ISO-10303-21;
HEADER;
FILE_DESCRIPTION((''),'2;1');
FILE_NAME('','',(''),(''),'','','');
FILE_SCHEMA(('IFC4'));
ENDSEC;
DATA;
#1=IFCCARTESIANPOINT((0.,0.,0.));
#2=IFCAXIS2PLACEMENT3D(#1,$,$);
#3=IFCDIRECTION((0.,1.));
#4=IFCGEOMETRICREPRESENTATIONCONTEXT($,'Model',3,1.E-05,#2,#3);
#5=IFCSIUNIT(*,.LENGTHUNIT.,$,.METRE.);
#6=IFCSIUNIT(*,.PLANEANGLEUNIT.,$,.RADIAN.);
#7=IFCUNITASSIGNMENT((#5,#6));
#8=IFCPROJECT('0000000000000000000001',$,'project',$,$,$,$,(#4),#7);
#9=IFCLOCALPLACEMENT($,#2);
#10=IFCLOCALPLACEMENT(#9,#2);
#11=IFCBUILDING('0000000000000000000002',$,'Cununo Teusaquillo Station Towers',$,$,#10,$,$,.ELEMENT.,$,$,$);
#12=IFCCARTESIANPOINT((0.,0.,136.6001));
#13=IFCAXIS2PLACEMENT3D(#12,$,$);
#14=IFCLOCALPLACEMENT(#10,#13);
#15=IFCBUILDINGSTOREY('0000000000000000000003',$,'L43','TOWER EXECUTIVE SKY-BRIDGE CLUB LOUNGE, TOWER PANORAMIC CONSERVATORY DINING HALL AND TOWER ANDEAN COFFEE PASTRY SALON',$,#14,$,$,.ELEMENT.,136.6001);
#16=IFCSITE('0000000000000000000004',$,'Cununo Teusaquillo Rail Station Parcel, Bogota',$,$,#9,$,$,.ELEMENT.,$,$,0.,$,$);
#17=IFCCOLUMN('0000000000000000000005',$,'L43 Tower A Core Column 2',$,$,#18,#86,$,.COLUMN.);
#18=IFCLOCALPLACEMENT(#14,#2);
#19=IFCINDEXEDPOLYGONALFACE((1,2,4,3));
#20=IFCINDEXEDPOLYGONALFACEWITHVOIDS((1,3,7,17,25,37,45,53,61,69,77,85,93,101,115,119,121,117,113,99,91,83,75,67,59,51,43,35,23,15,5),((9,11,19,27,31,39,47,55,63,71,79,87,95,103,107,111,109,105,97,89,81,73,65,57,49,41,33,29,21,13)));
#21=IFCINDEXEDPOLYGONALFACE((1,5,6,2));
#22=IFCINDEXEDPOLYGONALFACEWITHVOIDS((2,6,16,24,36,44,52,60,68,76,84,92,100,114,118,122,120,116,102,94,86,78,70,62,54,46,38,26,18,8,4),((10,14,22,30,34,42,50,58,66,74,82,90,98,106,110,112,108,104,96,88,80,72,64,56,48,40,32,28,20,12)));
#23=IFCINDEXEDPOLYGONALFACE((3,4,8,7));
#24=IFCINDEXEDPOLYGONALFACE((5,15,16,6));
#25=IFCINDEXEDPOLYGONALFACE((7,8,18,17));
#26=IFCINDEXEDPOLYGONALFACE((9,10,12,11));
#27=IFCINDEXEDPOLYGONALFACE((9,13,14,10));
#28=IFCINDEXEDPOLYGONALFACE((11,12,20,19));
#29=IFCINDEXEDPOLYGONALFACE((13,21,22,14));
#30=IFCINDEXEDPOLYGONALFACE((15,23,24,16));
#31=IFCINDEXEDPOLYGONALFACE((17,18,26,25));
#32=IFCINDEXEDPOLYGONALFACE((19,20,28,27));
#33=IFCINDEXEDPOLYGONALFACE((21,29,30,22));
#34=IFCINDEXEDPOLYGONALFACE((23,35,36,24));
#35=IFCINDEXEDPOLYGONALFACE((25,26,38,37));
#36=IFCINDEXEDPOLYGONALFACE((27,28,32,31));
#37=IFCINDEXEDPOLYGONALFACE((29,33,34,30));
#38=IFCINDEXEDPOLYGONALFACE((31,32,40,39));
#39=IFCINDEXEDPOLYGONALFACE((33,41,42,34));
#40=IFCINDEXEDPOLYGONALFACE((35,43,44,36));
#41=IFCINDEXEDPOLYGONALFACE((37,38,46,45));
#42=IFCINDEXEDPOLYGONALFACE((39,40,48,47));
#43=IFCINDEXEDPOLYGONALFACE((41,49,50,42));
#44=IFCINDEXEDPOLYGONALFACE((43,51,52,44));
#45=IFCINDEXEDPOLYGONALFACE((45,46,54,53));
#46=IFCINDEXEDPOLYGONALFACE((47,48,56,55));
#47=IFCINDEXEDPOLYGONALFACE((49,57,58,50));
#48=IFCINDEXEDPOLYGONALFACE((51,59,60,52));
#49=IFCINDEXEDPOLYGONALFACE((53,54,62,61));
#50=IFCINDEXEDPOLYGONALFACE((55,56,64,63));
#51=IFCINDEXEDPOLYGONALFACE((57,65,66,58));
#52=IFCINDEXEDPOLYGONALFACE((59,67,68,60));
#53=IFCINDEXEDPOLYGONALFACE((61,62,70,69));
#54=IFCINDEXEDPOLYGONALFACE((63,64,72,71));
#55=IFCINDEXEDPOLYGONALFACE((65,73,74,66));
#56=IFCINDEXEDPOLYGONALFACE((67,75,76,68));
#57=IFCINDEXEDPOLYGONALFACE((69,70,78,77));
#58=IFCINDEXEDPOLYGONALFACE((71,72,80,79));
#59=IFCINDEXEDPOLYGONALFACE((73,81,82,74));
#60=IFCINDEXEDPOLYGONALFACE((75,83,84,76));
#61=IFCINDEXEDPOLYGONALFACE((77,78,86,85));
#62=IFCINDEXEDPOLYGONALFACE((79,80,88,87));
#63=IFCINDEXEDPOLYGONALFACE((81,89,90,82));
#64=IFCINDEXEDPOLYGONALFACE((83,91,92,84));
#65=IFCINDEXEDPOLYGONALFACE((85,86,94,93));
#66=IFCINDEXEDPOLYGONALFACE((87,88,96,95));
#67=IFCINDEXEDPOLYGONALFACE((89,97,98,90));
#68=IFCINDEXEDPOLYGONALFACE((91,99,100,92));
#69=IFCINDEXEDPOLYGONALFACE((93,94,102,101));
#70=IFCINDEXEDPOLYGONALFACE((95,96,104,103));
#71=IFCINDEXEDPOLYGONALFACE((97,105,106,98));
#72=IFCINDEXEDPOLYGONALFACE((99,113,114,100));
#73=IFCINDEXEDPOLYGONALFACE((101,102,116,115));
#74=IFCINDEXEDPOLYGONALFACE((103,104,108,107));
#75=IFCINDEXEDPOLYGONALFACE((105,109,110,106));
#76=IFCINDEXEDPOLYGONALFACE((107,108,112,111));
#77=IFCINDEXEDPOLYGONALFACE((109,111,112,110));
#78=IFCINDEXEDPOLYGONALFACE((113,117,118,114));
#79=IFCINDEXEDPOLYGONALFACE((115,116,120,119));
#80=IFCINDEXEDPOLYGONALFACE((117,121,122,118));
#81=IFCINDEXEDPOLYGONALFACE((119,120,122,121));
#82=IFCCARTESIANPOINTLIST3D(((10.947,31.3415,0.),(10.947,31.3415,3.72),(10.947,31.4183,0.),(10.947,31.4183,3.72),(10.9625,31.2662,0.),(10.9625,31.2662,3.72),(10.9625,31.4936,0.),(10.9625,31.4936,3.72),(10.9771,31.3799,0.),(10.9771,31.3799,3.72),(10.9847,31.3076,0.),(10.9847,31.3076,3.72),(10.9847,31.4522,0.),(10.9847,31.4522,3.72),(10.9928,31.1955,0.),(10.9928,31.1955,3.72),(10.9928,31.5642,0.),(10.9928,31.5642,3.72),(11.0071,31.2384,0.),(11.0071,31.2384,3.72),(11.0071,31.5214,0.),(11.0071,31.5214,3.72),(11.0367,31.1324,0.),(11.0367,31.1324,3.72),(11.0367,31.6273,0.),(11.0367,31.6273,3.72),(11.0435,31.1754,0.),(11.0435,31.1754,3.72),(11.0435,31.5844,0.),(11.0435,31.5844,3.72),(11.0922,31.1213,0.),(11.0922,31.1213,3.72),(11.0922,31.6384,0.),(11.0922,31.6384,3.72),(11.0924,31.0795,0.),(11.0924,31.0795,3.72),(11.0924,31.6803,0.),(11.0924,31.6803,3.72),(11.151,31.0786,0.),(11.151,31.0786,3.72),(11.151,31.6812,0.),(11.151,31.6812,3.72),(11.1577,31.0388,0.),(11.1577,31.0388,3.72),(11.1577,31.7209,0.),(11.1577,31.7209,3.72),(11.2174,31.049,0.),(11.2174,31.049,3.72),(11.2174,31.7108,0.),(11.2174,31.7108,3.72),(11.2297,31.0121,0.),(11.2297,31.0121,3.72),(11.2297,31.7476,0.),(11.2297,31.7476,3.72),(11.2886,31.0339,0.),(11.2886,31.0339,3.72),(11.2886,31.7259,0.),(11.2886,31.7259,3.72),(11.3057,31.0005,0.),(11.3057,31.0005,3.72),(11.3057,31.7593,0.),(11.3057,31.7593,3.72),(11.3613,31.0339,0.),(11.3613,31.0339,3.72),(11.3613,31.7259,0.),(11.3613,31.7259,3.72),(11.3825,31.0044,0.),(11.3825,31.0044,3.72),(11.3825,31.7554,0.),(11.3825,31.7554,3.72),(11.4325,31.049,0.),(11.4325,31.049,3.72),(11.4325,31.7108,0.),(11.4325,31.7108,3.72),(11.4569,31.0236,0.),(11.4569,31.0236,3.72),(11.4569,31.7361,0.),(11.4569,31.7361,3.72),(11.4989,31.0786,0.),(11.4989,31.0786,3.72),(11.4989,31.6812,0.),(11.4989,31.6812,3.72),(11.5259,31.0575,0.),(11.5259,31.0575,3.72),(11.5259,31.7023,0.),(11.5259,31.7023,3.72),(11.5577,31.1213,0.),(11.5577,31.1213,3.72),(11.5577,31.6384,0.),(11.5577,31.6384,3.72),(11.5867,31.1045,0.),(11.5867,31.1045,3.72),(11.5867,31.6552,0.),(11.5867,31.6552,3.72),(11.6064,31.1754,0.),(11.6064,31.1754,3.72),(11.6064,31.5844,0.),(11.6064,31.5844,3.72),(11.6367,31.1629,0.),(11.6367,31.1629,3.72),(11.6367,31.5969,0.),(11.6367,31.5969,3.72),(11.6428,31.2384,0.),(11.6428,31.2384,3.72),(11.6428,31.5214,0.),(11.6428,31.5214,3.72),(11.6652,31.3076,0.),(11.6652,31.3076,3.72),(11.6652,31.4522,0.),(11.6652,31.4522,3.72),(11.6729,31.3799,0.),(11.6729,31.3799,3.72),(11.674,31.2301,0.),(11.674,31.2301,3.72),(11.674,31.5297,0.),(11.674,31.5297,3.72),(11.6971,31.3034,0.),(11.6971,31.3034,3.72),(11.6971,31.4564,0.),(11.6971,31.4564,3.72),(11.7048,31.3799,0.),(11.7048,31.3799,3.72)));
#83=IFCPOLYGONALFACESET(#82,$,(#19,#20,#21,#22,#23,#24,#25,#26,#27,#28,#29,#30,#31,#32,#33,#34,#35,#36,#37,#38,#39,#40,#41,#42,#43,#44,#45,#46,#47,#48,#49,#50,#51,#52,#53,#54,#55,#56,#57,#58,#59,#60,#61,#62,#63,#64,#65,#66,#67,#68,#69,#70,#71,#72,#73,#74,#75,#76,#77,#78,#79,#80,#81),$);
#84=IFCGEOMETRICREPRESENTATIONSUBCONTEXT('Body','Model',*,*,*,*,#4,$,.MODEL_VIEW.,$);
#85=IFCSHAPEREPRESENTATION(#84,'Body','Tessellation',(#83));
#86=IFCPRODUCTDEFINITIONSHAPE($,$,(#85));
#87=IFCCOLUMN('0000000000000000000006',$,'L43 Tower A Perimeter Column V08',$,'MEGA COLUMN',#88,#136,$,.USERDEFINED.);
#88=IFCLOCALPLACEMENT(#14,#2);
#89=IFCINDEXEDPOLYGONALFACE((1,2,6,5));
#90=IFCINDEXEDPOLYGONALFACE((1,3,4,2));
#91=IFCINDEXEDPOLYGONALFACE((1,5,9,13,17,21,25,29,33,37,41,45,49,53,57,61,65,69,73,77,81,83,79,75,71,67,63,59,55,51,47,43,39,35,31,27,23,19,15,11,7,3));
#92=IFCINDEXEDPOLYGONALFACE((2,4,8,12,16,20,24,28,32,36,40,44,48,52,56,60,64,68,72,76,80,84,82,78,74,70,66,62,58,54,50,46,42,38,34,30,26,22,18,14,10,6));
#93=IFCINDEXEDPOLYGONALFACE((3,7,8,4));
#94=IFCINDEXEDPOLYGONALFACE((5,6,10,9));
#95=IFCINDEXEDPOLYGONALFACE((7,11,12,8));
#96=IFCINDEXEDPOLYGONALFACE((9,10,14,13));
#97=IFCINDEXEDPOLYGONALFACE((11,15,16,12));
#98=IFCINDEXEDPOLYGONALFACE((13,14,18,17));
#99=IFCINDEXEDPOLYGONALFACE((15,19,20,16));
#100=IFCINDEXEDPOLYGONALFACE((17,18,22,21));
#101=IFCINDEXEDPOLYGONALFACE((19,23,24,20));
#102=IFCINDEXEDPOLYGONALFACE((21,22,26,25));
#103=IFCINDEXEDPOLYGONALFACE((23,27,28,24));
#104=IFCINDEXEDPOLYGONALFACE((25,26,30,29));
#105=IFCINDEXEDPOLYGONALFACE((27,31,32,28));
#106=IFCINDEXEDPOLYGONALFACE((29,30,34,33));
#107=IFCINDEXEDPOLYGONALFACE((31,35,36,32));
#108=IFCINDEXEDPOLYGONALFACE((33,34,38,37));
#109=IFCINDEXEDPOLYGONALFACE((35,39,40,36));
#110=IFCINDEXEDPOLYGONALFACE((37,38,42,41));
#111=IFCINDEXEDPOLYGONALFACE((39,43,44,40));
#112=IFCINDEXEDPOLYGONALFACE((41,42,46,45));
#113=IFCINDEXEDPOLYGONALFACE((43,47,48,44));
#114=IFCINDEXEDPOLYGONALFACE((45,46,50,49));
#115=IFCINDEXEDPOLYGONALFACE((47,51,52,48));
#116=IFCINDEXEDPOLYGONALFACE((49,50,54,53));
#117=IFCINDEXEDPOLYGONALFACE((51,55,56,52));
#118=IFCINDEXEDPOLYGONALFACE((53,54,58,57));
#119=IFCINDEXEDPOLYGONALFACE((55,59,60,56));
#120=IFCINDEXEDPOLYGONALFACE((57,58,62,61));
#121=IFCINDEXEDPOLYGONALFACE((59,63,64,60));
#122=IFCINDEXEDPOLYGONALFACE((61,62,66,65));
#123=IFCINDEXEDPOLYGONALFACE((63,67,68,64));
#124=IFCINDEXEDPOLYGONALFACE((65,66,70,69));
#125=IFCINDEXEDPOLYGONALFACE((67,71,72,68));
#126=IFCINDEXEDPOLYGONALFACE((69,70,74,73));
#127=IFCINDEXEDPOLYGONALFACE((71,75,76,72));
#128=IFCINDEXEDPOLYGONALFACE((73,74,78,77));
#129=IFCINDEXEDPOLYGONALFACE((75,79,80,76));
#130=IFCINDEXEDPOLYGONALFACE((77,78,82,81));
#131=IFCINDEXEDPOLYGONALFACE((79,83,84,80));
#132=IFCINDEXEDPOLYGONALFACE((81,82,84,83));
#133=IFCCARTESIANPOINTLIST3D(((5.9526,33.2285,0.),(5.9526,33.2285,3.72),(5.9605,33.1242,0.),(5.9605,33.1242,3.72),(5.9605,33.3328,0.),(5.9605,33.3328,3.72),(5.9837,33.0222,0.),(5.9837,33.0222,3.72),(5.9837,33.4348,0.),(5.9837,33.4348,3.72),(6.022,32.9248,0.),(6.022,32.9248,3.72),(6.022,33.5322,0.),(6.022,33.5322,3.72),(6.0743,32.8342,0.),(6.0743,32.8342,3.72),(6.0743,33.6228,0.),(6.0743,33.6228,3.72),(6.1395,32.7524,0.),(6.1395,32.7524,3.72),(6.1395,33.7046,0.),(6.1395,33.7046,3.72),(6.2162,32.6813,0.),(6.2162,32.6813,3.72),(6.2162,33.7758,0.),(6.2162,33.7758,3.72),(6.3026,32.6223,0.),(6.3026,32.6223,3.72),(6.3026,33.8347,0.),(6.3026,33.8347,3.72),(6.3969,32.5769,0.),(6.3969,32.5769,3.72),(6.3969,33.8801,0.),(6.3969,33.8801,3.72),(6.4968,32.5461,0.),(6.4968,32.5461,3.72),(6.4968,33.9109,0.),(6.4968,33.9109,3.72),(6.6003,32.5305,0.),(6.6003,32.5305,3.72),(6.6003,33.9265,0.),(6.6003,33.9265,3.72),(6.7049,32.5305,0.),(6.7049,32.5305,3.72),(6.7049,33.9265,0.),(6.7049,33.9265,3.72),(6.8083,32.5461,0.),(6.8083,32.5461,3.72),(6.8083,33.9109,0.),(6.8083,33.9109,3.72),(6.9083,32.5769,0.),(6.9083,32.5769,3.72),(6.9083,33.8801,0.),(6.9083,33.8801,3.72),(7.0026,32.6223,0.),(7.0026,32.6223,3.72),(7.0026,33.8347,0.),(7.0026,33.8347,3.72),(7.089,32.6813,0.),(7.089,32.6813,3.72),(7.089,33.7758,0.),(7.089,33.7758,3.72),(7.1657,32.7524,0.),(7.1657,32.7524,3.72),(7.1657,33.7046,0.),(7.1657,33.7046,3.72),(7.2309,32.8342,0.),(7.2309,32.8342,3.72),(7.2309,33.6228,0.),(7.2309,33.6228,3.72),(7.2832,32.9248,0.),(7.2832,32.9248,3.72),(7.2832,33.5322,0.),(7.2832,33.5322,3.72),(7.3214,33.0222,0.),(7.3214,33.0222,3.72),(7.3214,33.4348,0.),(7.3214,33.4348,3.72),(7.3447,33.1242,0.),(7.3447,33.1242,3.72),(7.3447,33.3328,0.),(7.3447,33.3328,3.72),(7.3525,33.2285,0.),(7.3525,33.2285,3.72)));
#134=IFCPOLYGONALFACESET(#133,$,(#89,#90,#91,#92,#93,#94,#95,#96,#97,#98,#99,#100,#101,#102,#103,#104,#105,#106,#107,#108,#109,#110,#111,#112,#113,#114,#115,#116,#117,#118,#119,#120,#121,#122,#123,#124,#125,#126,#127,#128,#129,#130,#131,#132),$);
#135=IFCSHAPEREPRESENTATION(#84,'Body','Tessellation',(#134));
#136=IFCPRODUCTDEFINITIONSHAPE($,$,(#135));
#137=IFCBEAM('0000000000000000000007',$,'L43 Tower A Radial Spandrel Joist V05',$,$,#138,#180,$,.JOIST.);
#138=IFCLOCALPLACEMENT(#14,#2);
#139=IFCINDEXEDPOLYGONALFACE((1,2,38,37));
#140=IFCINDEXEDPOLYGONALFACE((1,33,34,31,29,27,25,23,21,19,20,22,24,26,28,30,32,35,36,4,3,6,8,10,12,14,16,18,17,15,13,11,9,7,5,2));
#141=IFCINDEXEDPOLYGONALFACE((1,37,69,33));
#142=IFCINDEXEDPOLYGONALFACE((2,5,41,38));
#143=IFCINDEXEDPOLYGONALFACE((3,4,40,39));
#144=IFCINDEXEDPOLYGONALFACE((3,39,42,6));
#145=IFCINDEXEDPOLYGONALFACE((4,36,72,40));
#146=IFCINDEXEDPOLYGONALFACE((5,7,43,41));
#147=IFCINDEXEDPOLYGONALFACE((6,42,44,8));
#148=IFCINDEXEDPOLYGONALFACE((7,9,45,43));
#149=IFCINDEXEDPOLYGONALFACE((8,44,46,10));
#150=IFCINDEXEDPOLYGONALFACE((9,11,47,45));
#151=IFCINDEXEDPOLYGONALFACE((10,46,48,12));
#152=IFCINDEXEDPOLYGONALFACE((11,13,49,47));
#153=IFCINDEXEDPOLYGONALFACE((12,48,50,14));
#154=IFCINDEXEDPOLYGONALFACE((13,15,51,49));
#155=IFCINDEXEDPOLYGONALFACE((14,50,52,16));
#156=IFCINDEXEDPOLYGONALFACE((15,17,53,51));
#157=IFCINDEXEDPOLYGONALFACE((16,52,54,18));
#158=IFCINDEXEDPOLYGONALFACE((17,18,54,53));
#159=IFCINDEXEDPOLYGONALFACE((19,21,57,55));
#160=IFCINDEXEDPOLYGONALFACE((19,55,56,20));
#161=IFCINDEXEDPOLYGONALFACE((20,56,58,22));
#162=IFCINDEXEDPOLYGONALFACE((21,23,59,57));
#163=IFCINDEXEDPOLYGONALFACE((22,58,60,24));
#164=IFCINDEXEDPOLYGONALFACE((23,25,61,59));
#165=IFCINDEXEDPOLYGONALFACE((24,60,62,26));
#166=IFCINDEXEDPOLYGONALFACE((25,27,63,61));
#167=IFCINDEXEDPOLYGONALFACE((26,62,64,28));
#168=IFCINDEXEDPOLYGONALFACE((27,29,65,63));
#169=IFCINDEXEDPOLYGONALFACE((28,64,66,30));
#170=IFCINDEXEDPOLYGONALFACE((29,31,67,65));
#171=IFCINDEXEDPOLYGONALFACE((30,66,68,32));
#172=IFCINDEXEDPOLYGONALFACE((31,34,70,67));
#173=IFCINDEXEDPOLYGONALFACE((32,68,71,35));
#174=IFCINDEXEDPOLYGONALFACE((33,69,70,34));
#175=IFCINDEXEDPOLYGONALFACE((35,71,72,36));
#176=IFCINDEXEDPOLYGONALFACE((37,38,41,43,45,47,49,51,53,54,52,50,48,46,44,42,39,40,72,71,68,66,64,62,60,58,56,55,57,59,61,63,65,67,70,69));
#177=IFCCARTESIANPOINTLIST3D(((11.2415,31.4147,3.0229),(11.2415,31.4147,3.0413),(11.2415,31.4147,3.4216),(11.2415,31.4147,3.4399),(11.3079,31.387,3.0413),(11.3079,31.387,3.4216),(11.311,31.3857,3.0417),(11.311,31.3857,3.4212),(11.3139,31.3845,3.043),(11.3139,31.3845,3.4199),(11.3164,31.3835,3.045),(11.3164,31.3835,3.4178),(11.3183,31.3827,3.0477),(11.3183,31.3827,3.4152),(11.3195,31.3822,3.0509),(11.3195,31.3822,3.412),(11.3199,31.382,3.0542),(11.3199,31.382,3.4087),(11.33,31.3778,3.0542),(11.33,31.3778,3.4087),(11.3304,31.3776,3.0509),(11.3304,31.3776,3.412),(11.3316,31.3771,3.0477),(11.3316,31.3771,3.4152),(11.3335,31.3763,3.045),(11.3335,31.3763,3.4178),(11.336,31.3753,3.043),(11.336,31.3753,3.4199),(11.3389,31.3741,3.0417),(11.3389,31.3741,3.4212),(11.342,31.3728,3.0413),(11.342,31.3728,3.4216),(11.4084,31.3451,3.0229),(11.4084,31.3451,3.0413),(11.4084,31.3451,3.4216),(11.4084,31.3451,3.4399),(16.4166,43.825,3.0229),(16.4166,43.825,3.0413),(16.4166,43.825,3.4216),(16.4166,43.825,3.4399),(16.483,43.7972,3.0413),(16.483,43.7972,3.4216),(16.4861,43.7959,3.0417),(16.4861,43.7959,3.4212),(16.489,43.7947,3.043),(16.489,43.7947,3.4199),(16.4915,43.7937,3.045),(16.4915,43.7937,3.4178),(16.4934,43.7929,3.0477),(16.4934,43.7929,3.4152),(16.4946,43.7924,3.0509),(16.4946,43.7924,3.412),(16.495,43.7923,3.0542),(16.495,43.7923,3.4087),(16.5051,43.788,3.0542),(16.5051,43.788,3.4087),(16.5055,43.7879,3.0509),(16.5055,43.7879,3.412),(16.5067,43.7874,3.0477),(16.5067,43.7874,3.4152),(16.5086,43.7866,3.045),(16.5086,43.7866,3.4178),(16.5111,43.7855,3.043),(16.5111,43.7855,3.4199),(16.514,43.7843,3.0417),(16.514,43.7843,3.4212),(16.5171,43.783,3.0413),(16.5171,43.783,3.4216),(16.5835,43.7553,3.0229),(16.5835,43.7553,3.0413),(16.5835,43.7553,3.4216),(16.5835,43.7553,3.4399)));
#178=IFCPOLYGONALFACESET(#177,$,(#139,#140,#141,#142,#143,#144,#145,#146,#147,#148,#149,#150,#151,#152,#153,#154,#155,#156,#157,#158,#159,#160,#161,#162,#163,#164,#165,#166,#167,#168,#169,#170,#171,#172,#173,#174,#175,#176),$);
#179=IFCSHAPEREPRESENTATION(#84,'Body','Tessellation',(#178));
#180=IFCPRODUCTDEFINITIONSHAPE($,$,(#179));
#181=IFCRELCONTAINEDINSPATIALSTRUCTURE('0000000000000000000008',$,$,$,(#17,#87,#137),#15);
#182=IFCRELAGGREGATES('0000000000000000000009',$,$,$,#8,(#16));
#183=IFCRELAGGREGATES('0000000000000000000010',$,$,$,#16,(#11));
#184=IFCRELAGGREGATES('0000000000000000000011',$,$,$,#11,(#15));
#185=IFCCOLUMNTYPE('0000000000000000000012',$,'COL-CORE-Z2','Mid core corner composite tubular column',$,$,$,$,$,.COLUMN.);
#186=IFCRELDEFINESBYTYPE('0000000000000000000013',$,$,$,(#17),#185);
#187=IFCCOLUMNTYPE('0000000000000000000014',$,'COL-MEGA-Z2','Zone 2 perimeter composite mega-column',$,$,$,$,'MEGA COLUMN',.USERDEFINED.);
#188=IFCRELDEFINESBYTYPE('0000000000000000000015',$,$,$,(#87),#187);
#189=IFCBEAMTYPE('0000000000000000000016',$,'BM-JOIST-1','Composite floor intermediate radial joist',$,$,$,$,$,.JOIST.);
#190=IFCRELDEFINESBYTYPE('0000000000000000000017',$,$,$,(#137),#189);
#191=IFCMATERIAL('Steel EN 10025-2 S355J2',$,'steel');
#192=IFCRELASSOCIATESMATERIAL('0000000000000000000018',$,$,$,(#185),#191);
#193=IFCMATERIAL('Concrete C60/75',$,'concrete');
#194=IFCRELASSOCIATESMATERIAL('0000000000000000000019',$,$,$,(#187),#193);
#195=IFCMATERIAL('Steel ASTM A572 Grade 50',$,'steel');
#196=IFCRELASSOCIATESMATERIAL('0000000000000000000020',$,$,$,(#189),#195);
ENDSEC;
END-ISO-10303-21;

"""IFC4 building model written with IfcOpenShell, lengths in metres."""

from ifc_helpers import new_model, si_unit, direction, frame, origin, origin_2d, place, context, subcontext, project, spatial, circle, hollow_circle, i_section, extrude, material, material_profile, profile_set, type_object, element, save


model = new_model("IFC4")

# Units and contexts
model_context = context("Model", 3, precision=1e-05, world=origin(), true_north=direction((0.0, 1.0)))
body_context = subcontext(model_context, "Body", "Model", "MODEL_VIEW")
ifc_project = project(units=[si_unit("LENGTHUNIT", "METRE"), si_unit("PLANEANGLEUNIT", "RADIAN")], contexts=[model_context])

# Site, building, storey
site_placement = place(None, origin())
site = spatial("IfcSite", under=ifc_project, at=site_placement, Name="Cununo Teusaquillo Rail Station Parcel, Bogota", CompositionType="ELEMENT", RefElevation=0.0)
building_placement = place(site_placement, origin())
building = spatial("IfcBuilding", under=site, at=building_placement, Name="Cununo Teusaquillo Station Towers", CompositionType="ELEMENT")
storey_placement = place(building_placement, frame((0.0, 0.0, 136.6001)))
storey = spatial("IfcBuildingStorey", under=building, at=storey_placement, Name="L43", Description="TOWER EXECUTIVE SKY-BRIDGE CLUB LOUNGE, TOWER PANORAMIC CONSERVATORY DINING HALL AND TOWER ANDEAN COFFEE PASTRY SALON", CompositionType="ELEMENT", Elevation=136.6001)

# Columns
ifc_material_1 = material(Name="Steel EN 10025-2 S355J2", Category="steel")
ifc_material_profile_1 = material_profile(ifc_material_1, hollow_circle(Radius=0.3799, WallThickness=0.032, at=origin_2d()), Name="CHS 760x32")
ifc_profile_set_1 = profile_set([ifc_material_profile_1], Name="Steel EN 10025-2 S355J2")
column_type_1 = type_object("IfcColumnType", Name="COL-CORE-Z2", Description="Mid core corner composite tubular column", PredefinedType="COLUMN", material=ifc_profile_set_1)
column_1_placement = place(storey_placement, frame((11.325, 31.3799, 0.0), z_axis=(0.0, 0.0, 1.0), x_axis=(1.0, 0.0, 0.0)))
element("IfcColumn", 1, at=column_1_placement, inside=storey, type_object=column_type_1, Name="L43 Tower A Core Column 2", PredefinedType="COLUMN", context=body_context, shape_type="SweptSolid", body=[
    extrude(hollow_circle(Radius=0.3799, WallThickness=0.032, at=origin_2d()), origin(), (0.0, 0.0, 1.0), 3.72),
])
ifc_material_2 = material(Name="Concrete C60/75", Category="concrete")
ifc_material_profile_2 = material_profile(ifc_material_2, circle(Radius=0.7, at=origin_2d()), Name="RC-CIRC-1400")
ifc_profile_set_2 = profile_set([ifc_material_profile_2], Name="Concrete C60/75")
column_type_2 = type_object("IfcColumnType", Name="COL-MEGA-Z2", Description="Zone 2 perimeter composite mega-column", ElementType="MEGA COLUMN", PredefinedType="USERDEFINED", material=ifc_profile_set_2)
column_2_placement = place(storey_placement, frame((6.6526, 33.2285, 0.0), z_axis=(0.0, 0.0, 1.0), x_axis=(1.0, 0.0, 0.0)))
element("IfcColumn", 2, at=column_2_placement, inside=storey, type_object=column_type_2, Name="L43 Tower A Perimeter Column V08", ObjectType="MEGA COLUMN", PredefinedType="USERDEFINED", context=body_context, shape_type="SweptSolid", body=[
    extrude(circle(Radius=0.7, at=origin_2d()), origin(), (0.0, 0.0, 1.0), 3.72),
])

# Beam
ifc_material_3 = material(Name="Steel ASTM A572 Grade 50", Category="steel")
ifc_material_profile_3 = material_profile(ifc_material_3, i_section(OverallWidth=0.1809, OverallDepth=0.417, WebThickness=0.011, FlangeThickness=0.0183, FilletRadius=0.0129, at=origin_2d()), Name="W16X57")
ifc_profile_set_3 = profile_set([ifc_material_profile_3], Name="Steel ASTM A572 Grade 50")
beam_type_1 = type_object("IfcBeamType", Name="BM-JOIST-1", Description="Composite floor intermediate radial joist", PredefinedType="JOIST", material=ifc_profile_set_3)
beam_1_placement = place(storey_placement, frame((11.325, 31.3799, 3.2314), z_axis=(0.384878, 0.922967, 0.0), x_axis=(-0.922967, 0.384878, 0.0)))
element("IfcBeam", 3, at=beam_1_placement, inside=storey, type_object=beam_type_1, Name="L43 Tower A Radial Spandrel Joist V05", PredefinedType="JOIST", context=body_context, shape_type="SweptSolid", body=[
    extrude(i_section(OverallWidth=0.1809, OverallDepth=0.417, WebThickness=0.011, FlangeThickness=0.0183, FilletRadius=0.0129, at=origin_2d()), origin(), (0.0, 0.0, 1.0), 13.446),
])

save(model, "model.ifc")
